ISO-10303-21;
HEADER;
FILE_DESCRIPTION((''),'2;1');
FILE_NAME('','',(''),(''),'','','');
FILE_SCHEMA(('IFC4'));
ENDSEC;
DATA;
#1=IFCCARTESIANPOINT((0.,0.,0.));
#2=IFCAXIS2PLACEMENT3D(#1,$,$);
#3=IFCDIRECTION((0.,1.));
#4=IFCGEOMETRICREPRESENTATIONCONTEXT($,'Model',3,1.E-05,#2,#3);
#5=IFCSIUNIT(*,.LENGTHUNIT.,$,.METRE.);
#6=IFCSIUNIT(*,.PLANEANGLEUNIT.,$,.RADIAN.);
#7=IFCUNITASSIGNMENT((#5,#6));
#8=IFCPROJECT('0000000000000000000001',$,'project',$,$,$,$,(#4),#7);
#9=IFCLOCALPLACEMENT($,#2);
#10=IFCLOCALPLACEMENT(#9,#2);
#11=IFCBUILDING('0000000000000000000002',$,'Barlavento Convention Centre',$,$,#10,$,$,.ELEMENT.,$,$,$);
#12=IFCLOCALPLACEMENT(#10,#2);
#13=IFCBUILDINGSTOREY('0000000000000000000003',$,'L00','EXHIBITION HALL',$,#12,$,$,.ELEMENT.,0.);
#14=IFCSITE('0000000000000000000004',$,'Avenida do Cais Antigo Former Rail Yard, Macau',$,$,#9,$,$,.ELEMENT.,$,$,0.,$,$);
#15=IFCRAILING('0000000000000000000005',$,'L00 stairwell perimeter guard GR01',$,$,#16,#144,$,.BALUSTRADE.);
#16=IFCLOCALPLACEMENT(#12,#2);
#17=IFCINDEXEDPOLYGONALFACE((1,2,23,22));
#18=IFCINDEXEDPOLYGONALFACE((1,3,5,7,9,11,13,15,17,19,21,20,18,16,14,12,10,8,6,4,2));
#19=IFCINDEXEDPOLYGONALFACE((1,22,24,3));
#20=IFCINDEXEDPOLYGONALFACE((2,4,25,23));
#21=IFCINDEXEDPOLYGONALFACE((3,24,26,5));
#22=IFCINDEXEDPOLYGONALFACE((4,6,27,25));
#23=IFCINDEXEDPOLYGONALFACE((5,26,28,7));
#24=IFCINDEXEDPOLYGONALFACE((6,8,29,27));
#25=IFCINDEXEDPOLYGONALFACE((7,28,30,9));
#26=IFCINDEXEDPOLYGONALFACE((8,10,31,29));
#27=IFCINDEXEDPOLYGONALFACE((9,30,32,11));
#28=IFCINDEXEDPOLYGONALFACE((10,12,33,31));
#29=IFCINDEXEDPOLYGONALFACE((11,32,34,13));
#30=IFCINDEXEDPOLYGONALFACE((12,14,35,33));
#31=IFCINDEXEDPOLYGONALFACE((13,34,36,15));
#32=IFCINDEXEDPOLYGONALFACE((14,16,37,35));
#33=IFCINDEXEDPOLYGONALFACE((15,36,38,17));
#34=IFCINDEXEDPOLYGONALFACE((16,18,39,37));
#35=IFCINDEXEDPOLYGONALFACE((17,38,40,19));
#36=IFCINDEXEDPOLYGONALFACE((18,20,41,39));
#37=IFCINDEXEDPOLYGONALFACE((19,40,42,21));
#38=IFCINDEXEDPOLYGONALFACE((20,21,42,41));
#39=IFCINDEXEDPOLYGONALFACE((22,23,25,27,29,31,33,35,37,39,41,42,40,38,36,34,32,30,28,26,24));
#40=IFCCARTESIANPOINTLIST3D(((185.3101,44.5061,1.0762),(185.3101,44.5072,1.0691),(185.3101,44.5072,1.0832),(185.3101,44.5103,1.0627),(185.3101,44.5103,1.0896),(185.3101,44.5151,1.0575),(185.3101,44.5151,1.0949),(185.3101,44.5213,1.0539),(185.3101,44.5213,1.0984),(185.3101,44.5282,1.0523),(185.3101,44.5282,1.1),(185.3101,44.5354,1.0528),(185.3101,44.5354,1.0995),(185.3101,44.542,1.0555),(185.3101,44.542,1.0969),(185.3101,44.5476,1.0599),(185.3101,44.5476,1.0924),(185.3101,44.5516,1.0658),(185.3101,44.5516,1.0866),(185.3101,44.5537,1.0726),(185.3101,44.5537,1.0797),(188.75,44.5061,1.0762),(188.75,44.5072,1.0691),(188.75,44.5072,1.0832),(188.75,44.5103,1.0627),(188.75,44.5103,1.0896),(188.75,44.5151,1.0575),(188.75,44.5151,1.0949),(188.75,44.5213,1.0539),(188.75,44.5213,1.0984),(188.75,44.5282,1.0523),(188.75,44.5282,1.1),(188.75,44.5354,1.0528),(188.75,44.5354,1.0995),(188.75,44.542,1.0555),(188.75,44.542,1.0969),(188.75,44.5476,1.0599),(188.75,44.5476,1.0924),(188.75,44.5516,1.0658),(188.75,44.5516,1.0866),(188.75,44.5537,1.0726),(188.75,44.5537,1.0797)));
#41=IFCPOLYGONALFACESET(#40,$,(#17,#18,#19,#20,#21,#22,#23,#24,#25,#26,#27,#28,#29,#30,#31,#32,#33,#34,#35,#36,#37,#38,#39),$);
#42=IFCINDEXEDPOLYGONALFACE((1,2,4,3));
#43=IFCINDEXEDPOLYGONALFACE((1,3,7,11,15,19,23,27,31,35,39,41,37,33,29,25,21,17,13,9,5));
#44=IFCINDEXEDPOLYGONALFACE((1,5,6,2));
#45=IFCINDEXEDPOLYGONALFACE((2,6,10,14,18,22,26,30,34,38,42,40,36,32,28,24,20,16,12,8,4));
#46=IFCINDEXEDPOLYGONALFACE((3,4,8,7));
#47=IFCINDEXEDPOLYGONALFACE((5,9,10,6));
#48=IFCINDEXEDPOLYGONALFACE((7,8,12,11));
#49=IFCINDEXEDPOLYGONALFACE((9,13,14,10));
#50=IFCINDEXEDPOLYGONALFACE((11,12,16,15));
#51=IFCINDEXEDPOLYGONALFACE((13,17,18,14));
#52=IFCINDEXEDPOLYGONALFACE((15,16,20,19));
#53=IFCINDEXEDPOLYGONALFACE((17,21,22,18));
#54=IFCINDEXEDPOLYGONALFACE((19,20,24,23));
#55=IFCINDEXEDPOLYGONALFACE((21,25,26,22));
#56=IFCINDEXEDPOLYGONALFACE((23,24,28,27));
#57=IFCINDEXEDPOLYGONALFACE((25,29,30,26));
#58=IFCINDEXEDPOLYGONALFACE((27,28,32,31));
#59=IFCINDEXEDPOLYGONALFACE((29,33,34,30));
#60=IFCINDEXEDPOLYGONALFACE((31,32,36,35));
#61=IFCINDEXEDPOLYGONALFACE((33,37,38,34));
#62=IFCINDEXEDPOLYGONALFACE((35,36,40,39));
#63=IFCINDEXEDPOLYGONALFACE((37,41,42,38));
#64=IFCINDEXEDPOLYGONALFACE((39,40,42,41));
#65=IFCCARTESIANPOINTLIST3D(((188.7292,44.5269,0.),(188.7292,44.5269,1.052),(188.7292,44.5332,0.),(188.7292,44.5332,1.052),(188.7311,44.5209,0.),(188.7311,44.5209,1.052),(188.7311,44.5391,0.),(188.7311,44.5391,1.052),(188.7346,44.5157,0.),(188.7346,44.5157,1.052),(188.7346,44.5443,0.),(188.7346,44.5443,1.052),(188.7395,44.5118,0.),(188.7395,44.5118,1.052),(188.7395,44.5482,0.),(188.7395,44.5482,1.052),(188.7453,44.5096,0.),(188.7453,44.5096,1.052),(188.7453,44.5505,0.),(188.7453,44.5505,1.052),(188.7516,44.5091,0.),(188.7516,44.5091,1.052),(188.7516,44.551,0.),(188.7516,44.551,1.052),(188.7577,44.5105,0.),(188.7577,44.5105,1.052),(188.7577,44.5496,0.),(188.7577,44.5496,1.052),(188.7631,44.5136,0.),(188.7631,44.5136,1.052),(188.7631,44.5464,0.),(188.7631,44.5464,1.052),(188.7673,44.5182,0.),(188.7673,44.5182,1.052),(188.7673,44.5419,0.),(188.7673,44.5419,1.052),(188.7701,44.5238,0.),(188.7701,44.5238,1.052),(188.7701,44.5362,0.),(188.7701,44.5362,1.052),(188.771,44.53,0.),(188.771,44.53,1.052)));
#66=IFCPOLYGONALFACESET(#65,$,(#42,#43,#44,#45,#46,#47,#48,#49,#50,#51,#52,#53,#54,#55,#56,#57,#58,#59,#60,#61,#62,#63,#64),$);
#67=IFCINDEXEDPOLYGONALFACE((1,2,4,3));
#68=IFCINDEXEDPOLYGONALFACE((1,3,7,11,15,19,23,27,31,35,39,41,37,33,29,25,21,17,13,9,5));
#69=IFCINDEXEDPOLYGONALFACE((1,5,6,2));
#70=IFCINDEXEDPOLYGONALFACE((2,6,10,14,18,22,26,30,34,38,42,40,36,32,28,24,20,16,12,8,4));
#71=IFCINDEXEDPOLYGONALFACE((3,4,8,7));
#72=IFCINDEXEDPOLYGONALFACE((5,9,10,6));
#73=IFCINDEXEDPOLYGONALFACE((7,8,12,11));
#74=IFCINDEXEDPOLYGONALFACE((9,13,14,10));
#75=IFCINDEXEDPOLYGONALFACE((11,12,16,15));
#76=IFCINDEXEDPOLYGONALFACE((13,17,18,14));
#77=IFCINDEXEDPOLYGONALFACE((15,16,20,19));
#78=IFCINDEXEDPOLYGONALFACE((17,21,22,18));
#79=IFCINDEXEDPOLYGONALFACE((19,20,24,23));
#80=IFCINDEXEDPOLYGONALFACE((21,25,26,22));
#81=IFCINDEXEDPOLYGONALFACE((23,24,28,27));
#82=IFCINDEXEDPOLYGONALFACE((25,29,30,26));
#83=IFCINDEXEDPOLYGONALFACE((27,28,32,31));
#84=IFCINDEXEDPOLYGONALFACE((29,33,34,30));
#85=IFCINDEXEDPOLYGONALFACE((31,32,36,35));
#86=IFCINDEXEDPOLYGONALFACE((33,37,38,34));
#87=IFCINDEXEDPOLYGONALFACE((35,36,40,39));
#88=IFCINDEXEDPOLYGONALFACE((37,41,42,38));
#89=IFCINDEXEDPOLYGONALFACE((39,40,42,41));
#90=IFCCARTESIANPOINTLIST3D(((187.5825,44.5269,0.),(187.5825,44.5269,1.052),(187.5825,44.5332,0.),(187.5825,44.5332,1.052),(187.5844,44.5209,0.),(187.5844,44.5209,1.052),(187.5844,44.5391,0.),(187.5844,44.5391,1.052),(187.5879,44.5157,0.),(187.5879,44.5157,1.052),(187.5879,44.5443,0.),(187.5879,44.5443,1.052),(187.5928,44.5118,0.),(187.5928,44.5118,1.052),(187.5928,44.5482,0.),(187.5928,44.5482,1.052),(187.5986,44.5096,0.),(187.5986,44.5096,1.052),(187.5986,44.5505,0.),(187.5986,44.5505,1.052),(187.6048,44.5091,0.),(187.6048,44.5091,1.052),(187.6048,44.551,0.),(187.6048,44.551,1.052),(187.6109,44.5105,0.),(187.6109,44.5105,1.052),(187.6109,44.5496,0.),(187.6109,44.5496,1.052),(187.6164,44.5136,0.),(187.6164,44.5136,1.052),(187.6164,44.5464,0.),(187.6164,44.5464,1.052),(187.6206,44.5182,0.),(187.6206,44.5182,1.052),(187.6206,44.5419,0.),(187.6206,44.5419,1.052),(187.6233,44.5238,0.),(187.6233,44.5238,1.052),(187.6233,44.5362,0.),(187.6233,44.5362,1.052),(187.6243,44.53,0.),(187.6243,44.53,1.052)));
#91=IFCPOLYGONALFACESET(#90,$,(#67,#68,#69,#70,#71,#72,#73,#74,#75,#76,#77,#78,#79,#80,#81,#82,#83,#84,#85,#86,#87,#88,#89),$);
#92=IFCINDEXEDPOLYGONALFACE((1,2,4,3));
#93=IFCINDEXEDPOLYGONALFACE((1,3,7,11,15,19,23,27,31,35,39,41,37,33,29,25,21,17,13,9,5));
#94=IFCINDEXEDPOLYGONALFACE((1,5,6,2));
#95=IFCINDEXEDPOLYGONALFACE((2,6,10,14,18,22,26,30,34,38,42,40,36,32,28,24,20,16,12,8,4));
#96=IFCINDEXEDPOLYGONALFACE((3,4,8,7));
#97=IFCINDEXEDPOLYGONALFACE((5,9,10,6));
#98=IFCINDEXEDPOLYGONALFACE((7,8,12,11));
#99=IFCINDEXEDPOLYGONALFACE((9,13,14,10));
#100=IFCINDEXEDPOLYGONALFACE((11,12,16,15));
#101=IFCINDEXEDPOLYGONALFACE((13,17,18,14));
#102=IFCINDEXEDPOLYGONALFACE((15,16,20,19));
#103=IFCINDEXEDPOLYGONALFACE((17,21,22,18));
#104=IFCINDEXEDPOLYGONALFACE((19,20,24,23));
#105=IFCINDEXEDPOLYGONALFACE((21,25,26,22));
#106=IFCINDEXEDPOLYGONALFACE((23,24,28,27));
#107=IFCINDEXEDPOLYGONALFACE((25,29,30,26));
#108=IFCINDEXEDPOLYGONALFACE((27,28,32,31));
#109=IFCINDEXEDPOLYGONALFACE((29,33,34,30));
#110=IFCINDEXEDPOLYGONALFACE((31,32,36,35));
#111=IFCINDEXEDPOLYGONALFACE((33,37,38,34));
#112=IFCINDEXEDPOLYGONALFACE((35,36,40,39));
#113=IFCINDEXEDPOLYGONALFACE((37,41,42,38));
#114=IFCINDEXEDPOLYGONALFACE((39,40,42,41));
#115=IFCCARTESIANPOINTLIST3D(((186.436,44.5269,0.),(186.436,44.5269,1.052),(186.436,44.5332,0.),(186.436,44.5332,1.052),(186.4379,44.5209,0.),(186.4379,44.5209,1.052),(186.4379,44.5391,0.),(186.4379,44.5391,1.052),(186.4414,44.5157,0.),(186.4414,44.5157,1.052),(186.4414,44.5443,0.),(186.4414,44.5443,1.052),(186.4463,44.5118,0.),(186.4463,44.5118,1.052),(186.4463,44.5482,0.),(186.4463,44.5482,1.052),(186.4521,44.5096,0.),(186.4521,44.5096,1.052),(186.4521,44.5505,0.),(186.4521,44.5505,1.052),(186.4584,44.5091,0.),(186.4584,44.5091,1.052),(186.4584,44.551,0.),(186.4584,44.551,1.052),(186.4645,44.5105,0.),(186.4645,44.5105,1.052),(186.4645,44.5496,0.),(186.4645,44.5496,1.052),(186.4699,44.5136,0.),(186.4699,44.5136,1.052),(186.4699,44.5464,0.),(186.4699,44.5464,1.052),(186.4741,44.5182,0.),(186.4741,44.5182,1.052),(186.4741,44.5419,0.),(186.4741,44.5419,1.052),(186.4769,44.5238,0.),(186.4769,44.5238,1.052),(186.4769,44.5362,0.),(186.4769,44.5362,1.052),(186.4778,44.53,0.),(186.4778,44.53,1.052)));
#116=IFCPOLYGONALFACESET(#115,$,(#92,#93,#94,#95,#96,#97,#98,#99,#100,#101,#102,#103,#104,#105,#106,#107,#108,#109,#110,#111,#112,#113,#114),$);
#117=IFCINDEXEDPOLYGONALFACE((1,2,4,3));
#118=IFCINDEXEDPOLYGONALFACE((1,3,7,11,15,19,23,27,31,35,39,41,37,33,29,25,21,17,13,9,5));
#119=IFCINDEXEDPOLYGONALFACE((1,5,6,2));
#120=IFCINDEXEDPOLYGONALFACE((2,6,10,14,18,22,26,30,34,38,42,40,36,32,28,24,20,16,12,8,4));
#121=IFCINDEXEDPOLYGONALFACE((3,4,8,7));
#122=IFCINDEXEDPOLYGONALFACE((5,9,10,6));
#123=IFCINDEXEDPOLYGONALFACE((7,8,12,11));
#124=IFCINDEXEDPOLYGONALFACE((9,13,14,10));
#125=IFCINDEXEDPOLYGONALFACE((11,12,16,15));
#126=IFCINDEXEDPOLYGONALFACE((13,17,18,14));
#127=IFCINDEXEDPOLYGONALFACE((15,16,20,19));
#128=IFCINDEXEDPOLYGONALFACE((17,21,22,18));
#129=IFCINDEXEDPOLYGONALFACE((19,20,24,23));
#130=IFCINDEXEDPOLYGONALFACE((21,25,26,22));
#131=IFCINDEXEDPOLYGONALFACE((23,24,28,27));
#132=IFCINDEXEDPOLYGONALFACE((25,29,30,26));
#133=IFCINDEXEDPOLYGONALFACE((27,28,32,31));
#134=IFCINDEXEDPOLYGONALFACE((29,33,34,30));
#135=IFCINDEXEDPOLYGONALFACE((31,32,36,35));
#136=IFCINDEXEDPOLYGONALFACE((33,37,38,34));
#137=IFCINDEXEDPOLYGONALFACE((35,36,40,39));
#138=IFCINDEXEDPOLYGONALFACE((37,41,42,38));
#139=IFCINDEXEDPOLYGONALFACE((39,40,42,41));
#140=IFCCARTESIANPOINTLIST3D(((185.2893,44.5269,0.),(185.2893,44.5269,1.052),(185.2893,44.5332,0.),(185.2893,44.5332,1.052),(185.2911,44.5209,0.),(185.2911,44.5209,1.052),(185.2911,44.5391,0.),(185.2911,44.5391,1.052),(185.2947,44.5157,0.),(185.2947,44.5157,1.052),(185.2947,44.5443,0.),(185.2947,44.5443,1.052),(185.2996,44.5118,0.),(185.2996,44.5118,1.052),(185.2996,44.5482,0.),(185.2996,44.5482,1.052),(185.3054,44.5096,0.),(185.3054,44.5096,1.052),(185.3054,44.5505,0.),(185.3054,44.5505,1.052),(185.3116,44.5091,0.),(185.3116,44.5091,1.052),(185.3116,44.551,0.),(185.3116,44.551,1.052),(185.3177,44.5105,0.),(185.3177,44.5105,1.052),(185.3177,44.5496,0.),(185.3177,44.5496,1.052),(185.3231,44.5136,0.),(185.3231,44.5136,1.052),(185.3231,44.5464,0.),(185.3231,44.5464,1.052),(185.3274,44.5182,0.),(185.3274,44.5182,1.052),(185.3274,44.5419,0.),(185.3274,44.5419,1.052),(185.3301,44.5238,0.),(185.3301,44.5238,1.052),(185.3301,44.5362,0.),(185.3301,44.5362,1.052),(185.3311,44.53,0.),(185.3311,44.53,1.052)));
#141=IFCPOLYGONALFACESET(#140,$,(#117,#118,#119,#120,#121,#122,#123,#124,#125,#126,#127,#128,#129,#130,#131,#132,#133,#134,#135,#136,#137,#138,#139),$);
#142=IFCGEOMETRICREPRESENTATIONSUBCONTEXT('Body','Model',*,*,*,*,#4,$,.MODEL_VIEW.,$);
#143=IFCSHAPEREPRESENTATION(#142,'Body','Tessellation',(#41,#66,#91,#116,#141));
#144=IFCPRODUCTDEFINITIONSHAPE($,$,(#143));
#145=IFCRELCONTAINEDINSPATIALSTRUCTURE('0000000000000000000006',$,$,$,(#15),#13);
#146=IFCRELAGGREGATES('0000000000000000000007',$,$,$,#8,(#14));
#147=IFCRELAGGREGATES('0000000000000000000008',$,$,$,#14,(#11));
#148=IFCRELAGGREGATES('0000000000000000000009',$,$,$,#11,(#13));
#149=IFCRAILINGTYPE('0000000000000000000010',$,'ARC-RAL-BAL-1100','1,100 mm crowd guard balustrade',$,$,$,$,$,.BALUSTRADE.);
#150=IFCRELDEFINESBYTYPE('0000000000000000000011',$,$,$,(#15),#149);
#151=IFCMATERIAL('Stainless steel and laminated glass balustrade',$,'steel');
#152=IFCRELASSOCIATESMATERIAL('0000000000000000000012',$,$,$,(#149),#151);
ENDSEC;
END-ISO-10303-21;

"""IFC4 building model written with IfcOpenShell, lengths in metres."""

from ifc_helpers import new_model, si_unit, direction, frame, origin, origin_2d, place, context, subcontext, project, spatial, circle, extrude, material, type_object, element, save


model = new_model("IFC4")

# Units and contexts
model_context = context("Model", 3, precision=1e-05, world=origin(), true_north=direction((0.0, 1.0)))
body_context = subcontext(model_context, "Body", "Model", "MODEL_VIEW")
ifc_project = project(units=[si_unit("LENGTHUNIT", "METRE"), si_unit("PLANEANGLEUNIT", "RADIAN")], contexts=[model_context])

# Site, building, storey
site_placement = place(None, origin())
site = spatial("IfcSite", under=ifc_project, at=site_placement, Name="Avenida do Cais Antigo Former Rail Yard, Macau", CompositionType="ELEMENT", RefElevation=0.0)
building_placement = place(site_placement, origin())
building = spatial("IfcBuilding", under=site, at=building_placement, Name="Barlavento Convention Centre", CompositionType="ELEMENT")
storey_placement = place(building_placement, origin())
storey = spatial("IfcBuildingStorey", under=building, at=storey_placement, Name="L00", Description="EXHIBITION HALL", CompositionType="ELEMENT", Elevation=0.0)

# Railing
ifc_material_1 = material(Name="Stainless steel and laminated glass balustrade", Category="steel")
railing_type_1 = type_object("IfcRailingType", Name="ARC-RAL-BAL-1100", Description="1,100 mm crowd guard balustrade", PredefinedType="BALUSTRADE", material=ifc_material_1)
railing_1_placement = place(storey_placement, frame((188.75, 44.53, 0.0)))
element("IfcRailing", 1, at=railing_1_placement, inside=storey, type_object=railing_type_1, Name="L00 stairwell perimeter guard GR01", PredefinedType="BALUSTRADE", context=body_context, shape_type="SweptSolid", body=[
    extrude(circle(Radius=0.0239, at=origin_2d()), frame((0.0, 0.0, 1.0762), z_axis=(-1.0, 0.0, 0.0), x_axis=(0.0, -1.0, 0.0)), (0.0, 0.0, 1.0), 3.4399),
    extrude(circle(Radius=0.021, at=origin_2d()), origin(), (0.0, 0.0, 1.0), 1.052),
    extrude(circle(Radius=0.021, at=origin_2d()), frame((-1.1467, 0.0, 0.0)), (0.0, 0.0, 1.0), 1.052),
    extrude(circle(Radius=0.021, at=origin_2d()), frame((-2.2932, 0.0, 0.0)), (0.0, 0.0, 1.0), 1.052),
    extrude(circle(Radius=0.021, at=origin_2d()), frame((-3.4399, 0.0, 0.0)), (0.0, 0.0, 1.0), 1.052),
])

save(model, "model.ifc")
